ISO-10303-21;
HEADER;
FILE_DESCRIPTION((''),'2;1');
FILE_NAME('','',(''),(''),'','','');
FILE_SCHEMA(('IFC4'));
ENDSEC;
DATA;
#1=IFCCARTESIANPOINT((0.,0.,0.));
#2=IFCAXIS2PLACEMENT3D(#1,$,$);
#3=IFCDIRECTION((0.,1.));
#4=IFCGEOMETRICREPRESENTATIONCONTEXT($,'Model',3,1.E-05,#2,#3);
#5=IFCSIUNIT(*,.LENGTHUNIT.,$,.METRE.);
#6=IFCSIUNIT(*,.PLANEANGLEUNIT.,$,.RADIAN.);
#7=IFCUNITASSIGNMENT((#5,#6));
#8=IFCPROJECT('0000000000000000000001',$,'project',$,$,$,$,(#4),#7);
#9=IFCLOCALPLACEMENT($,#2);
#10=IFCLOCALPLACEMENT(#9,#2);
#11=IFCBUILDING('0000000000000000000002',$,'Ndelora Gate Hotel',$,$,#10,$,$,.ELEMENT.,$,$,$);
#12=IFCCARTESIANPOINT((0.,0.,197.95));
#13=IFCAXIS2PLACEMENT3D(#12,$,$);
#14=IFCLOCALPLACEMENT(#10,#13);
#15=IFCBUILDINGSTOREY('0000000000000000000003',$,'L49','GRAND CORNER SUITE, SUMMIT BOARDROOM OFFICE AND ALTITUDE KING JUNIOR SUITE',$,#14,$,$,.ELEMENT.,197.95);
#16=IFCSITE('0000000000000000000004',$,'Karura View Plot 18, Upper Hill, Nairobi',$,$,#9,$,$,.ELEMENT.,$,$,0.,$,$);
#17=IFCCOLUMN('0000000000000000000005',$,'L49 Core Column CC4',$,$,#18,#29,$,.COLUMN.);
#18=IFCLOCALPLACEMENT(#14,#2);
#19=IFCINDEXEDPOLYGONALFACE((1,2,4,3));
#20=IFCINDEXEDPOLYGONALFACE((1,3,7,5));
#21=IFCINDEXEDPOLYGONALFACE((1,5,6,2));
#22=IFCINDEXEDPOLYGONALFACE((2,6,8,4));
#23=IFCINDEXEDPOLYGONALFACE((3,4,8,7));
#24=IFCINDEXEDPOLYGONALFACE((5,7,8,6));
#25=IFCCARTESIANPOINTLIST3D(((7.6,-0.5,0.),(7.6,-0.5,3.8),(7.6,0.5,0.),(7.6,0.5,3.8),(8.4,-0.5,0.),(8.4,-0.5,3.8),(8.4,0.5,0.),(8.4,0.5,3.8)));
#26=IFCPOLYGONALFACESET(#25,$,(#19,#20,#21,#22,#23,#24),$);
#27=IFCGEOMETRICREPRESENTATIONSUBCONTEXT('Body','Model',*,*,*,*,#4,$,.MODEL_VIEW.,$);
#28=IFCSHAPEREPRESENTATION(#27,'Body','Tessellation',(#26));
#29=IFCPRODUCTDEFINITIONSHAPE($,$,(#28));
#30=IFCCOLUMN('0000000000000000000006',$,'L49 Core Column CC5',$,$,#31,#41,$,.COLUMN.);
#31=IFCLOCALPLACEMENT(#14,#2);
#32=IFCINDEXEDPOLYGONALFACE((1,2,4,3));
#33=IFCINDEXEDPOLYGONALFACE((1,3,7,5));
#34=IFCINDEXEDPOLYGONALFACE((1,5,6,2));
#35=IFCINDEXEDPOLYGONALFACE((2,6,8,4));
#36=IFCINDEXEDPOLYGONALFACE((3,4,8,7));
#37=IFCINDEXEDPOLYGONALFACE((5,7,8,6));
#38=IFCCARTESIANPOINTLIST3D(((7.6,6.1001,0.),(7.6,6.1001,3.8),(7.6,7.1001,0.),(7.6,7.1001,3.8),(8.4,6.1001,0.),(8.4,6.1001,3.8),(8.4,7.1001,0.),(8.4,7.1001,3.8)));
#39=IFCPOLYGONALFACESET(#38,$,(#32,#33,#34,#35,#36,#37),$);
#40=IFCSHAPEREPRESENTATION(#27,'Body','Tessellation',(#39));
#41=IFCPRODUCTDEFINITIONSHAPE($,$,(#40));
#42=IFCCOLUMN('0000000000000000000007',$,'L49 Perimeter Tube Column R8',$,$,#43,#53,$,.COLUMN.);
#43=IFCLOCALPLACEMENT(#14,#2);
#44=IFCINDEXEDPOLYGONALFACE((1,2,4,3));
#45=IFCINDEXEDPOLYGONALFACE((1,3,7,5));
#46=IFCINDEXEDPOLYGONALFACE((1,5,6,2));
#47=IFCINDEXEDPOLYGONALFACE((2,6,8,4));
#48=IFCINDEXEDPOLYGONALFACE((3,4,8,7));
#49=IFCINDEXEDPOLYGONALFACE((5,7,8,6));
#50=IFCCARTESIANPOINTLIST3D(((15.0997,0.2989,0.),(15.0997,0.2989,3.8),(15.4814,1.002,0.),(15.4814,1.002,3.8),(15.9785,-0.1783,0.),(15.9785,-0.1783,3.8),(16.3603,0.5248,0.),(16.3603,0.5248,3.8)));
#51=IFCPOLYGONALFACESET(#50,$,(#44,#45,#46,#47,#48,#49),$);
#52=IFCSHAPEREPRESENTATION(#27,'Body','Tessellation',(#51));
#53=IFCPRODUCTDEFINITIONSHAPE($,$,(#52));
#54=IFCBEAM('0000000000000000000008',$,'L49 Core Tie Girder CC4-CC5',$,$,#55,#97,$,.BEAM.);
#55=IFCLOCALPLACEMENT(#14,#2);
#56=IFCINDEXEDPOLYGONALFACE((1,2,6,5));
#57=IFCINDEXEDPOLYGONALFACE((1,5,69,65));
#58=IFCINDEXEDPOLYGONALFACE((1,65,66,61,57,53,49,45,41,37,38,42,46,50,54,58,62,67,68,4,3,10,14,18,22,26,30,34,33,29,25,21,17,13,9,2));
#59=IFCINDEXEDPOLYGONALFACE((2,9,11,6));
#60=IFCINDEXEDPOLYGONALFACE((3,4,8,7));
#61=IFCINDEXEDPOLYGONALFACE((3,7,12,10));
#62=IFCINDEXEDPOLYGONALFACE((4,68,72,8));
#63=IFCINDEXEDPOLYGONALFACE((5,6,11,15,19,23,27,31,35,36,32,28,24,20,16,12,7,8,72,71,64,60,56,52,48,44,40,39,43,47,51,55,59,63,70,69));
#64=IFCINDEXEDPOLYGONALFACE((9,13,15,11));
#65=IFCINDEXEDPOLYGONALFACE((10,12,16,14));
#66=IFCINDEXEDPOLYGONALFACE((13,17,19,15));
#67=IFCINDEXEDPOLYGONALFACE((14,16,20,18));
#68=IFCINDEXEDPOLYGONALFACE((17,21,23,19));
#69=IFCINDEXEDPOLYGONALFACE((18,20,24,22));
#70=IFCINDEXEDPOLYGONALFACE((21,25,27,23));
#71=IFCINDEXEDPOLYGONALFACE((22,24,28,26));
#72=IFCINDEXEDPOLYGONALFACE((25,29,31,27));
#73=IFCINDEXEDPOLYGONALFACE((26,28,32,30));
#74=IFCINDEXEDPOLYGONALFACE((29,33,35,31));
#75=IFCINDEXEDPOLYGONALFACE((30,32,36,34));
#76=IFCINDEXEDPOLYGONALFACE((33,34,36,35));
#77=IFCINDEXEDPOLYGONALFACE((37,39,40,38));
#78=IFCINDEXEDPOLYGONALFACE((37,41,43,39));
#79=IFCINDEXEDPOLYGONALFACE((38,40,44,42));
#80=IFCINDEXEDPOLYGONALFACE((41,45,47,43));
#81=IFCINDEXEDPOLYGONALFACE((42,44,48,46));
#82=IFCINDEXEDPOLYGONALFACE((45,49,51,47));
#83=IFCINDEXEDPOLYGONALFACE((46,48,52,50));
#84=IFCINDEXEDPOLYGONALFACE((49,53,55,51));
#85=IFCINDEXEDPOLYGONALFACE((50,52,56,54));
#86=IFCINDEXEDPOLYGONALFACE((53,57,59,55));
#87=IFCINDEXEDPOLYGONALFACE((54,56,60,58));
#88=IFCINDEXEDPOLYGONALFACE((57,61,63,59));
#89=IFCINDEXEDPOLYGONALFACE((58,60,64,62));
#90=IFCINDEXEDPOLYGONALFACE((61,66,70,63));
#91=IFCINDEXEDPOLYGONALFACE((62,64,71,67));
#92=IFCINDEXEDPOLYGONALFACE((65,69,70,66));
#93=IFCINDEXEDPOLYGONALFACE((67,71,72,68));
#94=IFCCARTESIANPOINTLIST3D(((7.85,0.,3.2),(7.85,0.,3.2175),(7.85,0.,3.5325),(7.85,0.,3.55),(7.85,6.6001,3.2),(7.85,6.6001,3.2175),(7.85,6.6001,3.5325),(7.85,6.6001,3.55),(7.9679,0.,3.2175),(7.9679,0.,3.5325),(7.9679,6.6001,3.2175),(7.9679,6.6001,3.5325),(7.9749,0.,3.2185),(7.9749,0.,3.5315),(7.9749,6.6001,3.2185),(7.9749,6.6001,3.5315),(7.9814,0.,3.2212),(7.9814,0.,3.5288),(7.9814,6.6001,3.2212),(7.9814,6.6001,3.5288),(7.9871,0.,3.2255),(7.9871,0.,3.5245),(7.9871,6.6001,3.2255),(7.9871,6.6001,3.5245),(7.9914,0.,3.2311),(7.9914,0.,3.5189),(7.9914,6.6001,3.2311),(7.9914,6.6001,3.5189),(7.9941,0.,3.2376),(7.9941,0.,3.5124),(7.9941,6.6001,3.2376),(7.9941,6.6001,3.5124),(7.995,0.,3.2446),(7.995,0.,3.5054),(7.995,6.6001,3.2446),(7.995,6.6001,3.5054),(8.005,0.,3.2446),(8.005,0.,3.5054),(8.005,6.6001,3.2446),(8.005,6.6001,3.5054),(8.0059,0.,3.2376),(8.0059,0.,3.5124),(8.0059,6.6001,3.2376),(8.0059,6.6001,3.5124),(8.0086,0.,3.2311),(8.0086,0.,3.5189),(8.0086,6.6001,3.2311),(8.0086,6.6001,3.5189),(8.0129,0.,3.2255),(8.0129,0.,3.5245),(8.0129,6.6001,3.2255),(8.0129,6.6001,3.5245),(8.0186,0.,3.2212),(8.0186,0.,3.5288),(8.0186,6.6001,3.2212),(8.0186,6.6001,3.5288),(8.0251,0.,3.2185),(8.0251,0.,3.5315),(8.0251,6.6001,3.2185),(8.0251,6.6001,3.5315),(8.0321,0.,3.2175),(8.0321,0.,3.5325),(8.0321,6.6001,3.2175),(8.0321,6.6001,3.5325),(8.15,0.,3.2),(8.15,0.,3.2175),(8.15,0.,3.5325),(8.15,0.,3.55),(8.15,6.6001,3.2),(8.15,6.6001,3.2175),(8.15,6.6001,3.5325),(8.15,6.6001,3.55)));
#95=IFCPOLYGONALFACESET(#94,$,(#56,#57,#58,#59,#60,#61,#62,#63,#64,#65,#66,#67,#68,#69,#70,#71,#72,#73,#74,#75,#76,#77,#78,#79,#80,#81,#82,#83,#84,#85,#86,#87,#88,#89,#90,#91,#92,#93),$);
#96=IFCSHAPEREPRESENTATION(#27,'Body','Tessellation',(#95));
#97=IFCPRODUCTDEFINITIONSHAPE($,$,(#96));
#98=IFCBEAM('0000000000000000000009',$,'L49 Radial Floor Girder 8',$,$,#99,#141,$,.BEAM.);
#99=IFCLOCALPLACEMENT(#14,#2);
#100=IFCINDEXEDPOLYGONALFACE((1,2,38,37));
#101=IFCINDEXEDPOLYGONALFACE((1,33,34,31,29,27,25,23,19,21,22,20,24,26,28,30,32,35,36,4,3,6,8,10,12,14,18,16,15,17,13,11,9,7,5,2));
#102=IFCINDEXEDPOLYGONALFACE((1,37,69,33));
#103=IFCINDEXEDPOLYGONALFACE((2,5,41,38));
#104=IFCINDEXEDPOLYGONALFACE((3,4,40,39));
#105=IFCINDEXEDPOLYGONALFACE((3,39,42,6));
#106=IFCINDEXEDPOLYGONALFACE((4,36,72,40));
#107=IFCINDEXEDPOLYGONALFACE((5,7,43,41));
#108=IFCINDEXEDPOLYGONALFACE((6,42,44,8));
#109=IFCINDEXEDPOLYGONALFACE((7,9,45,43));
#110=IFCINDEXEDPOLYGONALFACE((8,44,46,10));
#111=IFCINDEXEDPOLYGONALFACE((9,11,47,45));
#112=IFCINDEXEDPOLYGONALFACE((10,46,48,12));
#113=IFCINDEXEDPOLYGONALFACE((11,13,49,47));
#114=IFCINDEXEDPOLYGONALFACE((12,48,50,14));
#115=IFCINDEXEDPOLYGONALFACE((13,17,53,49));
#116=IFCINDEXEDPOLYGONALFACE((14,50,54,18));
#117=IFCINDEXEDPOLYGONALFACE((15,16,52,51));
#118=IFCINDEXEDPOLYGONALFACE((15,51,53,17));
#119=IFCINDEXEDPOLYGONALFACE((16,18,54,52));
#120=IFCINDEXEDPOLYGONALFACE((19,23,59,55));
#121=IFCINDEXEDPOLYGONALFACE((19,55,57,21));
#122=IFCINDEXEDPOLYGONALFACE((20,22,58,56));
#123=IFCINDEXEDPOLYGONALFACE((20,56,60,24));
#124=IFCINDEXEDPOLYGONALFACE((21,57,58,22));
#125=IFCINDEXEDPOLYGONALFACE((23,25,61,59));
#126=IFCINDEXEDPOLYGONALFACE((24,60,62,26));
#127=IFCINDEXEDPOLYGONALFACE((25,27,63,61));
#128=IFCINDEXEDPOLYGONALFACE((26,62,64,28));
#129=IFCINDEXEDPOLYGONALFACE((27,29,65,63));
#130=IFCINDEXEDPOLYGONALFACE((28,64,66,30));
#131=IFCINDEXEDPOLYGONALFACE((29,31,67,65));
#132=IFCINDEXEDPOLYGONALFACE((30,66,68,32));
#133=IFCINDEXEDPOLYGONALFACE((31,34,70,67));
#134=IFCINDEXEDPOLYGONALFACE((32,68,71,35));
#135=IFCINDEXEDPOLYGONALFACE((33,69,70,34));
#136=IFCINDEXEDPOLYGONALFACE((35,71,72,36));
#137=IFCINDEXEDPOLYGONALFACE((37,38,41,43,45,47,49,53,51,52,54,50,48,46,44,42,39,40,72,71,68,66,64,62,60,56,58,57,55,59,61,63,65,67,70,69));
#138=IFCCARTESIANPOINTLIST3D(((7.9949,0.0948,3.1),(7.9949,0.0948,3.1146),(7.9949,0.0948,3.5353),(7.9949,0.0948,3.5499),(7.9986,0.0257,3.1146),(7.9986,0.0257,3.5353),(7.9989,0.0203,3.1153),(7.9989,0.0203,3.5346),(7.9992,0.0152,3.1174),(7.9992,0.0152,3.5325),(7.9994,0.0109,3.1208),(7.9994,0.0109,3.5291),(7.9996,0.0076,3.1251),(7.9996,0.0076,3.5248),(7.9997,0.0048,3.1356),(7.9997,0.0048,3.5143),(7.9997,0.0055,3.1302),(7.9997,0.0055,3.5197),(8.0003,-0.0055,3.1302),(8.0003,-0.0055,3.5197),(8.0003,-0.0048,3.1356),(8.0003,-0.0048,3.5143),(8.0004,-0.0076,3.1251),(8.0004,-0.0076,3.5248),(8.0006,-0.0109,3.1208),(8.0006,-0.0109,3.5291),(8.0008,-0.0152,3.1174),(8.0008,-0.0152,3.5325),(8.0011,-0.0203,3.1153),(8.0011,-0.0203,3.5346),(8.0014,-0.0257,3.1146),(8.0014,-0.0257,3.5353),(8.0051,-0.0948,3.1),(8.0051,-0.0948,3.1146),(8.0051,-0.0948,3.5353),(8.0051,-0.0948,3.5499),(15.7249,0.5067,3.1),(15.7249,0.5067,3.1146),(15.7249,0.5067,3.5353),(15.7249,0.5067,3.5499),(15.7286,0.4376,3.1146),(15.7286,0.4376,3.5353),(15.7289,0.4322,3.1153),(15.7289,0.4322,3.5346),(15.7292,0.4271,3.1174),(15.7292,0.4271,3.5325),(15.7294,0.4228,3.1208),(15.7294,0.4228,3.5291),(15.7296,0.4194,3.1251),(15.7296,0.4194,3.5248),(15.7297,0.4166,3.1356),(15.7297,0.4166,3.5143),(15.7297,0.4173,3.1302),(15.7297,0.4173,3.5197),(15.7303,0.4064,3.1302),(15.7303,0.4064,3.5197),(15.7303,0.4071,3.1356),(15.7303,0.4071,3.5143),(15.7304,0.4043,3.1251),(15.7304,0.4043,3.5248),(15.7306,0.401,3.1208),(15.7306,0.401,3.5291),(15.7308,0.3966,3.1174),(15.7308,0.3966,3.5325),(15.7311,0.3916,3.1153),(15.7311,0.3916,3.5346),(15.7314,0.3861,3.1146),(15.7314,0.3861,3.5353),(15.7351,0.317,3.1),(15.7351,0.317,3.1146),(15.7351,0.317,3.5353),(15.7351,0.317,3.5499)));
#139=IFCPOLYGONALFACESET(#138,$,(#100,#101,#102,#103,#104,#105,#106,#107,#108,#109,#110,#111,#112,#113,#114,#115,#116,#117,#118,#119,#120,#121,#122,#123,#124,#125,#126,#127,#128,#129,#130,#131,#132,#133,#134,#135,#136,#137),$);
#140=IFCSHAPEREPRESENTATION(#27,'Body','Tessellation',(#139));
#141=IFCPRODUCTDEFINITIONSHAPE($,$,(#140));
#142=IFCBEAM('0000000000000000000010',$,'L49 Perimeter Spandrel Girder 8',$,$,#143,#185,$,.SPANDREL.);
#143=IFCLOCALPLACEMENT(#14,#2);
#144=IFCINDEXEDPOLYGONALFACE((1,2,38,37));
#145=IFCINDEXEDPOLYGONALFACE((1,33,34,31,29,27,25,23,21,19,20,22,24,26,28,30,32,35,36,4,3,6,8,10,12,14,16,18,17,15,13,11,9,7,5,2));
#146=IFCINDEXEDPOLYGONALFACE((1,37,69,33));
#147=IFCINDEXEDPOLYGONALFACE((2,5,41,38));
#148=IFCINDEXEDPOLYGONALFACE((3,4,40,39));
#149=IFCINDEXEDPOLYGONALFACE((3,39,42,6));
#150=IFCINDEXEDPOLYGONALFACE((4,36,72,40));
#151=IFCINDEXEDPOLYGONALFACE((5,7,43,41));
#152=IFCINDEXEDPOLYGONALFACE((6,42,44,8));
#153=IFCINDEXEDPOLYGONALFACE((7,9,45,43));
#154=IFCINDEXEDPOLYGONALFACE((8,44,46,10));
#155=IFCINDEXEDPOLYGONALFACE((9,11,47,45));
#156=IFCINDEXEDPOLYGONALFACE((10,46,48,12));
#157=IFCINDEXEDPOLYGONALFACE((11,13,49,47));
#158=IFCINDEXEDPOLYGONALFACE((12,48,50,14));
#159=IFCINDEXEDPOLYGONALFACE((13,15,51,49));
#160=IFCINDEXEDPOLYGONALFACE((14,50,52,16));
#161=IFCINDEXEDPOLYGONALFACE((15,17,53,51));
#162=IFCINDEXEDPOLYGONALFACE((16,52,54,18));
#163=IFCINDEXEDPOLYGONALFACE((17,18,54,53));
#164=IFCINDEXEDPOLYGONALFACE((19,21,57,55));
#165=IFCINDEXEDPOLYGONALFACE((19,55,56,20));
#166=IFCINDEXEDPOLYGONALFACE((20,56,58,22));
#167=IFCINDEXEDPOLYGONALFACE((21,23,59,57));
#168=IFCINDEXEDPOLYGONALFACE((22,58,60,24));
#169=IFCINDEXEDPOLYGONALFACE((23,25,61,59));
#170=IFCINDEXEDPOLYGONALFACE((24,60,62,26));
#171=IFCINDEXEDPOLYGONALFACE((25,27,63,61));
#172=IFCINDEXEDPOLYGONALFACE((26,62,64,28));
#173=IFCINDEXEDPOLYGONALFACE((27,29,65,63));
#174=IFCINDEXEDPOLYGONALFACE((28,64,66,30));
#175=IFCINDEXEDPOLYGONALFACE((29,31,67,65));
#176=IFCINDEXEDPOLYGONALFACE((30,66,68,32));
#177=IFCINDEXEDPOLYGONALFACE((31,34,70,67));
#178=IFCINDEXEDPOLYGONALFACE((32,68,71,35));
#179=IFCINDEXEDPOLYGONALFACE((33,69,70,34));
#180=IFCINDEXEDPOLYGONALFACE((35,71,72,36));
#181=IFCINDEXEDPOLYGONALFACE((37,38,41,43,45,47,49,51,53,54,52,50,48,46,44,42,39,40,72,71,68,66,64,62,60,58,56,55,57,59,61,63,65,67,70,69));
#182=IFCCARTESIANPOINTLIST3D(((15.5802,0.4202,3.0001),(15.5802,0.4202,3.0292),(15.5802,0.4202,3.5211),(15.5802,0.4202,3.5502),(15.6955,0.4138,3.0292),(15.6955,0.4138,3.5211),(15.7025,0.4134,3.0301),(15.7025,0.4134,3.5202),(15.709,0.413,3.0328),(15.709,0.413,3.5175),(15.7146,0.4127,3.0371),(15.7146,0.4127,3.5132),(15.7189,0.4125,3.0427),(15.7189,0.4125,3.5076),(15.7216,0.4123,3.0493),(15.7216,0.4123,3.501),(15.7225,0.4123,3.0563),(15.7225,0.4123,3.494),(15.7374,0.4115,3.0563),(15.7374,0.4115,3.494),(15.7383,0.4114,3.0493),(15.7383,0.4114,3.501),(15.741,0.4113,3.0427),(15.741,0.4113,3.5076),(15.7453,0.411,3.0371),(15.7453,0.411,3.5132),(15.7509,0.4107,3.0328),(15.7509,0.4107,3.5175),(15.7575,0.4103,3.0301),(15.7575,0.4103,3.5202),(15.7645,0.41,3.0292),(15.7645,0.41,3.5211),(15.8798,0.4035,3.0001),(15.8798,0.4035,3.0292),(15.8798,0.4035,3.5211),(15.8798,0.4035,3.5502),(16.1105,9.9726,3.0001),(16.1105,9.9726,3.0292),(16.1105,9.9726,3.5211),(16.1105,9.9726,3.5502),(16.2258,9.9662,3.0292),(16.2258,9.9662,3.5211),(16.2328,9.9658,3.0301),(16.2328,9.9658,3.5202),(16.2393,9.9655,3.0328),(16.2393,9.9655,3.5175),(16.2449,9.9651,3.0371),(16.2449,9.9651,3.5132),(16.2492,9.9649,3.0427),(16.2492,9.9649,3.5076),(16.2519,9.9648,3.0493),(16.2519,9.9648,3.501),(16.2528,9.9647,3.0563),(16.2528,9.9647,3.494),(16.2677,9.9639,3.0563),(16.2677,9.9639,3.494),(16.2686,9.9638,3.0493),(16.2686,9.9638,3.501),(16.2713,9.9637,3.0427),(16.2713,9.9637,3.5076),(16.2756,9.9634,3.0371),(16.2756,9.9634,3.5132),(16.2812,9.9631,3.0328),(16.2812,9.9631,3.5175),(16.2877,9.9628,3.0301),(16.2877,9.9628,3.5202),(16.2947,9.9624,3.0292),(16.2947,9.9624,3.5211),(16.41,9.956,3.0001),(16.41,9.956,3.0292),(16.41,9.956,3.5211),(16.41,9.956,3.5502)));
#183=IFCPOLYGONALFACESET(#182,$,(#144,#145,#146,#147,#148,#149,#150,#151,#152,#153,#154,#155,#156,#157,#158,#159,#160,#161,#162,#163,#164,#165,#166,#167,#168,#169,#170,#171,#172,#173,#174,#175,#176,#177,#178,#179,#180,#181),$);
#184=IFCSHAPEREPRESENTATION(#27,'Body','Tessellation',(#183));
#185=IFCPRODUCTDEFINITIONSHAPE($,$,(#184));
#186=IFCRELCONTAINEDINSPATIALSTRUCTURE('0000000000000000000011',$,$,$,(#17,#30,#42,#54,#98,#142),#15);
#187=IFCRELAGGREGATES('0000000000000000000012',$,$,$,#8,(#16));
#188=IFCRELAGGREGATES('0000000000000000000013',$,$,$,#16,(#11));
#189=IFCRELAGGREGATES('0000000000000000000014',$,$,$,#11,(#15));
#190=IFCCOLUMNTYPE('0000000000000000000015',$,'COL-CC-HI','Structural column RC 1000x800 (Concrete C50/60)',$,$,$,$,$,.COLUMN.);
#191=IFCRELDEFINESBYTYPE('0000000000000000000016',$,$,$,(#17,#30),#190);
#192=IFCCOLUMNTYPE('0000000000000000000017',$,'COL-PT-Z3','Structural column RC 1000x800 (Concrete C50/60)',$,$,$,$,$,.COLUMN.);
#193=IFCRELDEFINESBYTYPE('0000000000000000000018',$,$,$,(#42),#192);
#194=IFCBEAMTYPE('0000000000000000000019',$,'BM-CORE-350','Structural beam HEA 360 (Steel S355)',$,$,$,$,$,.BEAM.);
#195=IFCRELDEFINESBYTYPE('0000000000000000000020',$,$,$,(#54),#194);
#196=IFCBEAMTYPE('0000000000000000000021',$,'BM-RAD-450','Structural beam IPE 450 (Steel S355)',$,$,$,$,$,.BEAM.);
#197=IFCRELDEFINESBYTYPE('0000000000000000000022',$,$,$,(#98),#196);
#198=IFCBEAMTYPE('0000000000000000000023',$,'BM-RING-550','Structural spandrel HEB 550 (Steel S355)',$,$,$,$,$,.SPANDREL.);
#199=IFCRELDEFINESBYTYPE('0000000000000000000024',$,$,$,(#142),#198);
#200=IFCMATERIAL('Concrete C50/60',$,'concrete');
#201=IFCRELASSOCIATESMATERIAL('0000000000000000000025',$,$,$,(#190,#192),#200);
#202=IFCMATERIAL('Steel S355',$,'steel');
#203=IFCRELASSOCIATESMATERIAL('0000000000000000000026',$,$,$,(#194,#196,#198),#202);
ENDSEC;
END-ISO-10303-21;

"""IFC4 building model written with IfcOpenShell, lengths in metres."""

from ifc_helpers import new_model, si_unit, direction, frame, origin, origin_2d, place, context, subcontext, project, spatial, rectangle, i_section, extrude, material, material_profile, profile_set, type_object, element, save


model = new_model("IFC4")

# Units and contexts
model_context = context("Model", 3, precision=1e-05, world=origin(), true_north=direction((0.0, 1.0)))
body_context = subcontext(model_context, "Body", "Model", "MODEL_VIEW")
ifc_project = project(units=[si_unit("LENGTHUNIT", "METRE"), si_unit("PLANEANGLEUNIT", "RADIAN")], contexts=[model_context])

# Site, building, storey
site_placement = place(None, origin())
site = spatial("IfcSite", under=ifc_project, at=site_placement, Name="Karura View Plot 18, Upper Hill, Nairobi", CompositionType="ELEMENT", RefElevation=0.0)
building_placement = place(site_placement, origin())
building = spatial("IfcBuilding", under=site, at=building_placement, Name="Ndelora Gate Hotel", CompositionType="ELEMENT")
storey_placement = place(building_placement, frame((0.0, 0.0, 197.95)))
storey = spatial("IfcBuildingStorey", under=building, at=storey_placement, Name="L49", Description="GRAND CORNER SUITE, SUMMIT BOARDROOM OFFICE AND ALTITUDE KING JUNIOR SUITE", CompositionType="ELEMENT", Elevation=197.95)

# Columns
ifc_material_1 = material(Name="Concrete C50/60", Category="concrete")
ifc_material_profile_1 = material_profile(ifc_material_1, rectangle(XDim=0.8, YDim=1.0, at=origin_2d()), Name="RC 1000x800")
ifc_profile_set_1 = profile_set([ifc_material_profile_1], Name="Concrete C50/60")
column_type_1 = type_object("IfcColumnType", Name="COL-CC-HI", Description="Structural column RC 1000x800 (Concrete C50/60)", PredefinedType="COLUMN", material=ifc_profile_set_1)
for number, where, z_axis, x_axis, name in (
    (1, (8.0, 0.0, 0.0), (0.0, 0.0, 1.0), (1.0, 0.0, 0.0), "L49 Core Column CC4"),
    (2, (8.0, 6.6001, 0.0), (0.0, 0.0, 1.0), (1.0, 0.0, 0.0), "L49 Core Column CC5"),
):
    element("IfcColumn", number, at=place(storey_placement, frame(where, z_axis=z_axis, x_axis=x_axis)), inside=storey, type_object=column_type_1, Name=name, PredefinedType="COLUMN", context=body_context, shape_type="SweptSolid", body=[
        extrude(rectangle(XDim=0.8, YDim=1.0, at=origin_2d()), origin(), (0.0, 0.0, 1.0), 3.8),
    ])
ifc_material_profile_2 = material_profile(ifc_material_1, rectangle(XDim=0.8, YDim=1.0, at=origin_2d()), Name="RC 1000x800")
ifc_profile_set_2 = profile_set([ifc_material_profile_2], Name="Concrete C50/60")
column_type_2 = type_object("IfcColumnType", Name="COL-PT-Z3", Description="Structural column RC 1000x800 (Concrete C50/60)", PredefinedType="COLUMN", material=ifc_profile_set_2)
column_placement = place(storey_placement, frame((15.73, 0.4119, 0.0), z_axis=(0.0, 0.0, 1.0), x_axis=(0.477159, 0.878817, 0.0)))
element("IfcColumn", 3, at=column_placement, inside=storey, type_object=column_type_2, Name="L49 Perimeter Tube Column R8", PredefinedType="COLUMN", context=body_context, shape_type="SweptSolid", body=[
    extrude(rectangle(XDim=0.8, YDim=1.0, at=origin_2d()), origin(), (0.0, 0.0, 1.0), 3.8),
])

# Beams
ifc_material_2 = material(Name="Steel S355", Category="steel")
ifc_material_profile_3 = material_profile(ifc_material_2, i_section(OverallWidth=0.3, OverallDepth=0.3501, WebThickness=0.01, FlangeThickness=0.0176, FilletRadius=0.0271, at=origin_2d()), Name="HEA 360")
ifc_profile_set_3 = profile_set([ifc_material_profile_3], Name="Steel S355")
beam_type_1 = type_object("IfcBeamType", Name="BM-CORE-350", Description="Structural beam HEA 360 (Steel S355)", PredefinedType="BEAM", material=ifc_profile_set_3)
beam_1_placement = place(storey_placement, frame((8.0, 0.0, 3.375), z_axis=(0.0, 1.0, 0.0), x_axis=(-1.0, 0.0, 0.0)))
element("IfcBeam", 4, at=beam_1_placement, inside=storey, type_object=beam_type_1, Name="L49 Core Tie Girder CC4-CC5", PredefinedType="BEAM", context=body_context, shape_type="SweptSolid", body=[
    extrude(i_section(OverallWidth=0.3, OverallDepth=0.3501, WebThickness=0.01, FlangeThickness=0.0176, FilletRadius=0.0271, at=origin_2d()), origin(), (0.0, 0.0, 1.0), 6.6001),
])
ifc_material_profile_4 = material_profile(ifc_material_2, i_section(OverallWidth=0.1899, OverallDepth=0.45, WebThickness=0.0095, FlangeThickness=0.0146, FilletRadius=0.021, at=origin_2d()), Name="IPE 450")
ifc_profile_set_4 = profile_set([ifc_material_profile_4], Name="Steel S355")
beam_type_2 = type_object("IfcBeamType", Name="BM-RAD-450", Description="Structural beam IPE 450 (Steel S355)", PredefinedType="BEAM", material=ifc_profile_set_4)
beam_2_placement = place(storey_placement, frame((8.0, 0.0, 3.325), z_axis=(0.998584, 0.053206, 0.0), x_axis=(-0.053206, 0.998584, 0.0)))
element("IfcBeam", 5, at=beam_2_placement, inside=storey, type_object=beam_type_2, Name="L49 Radial Floor Girder 8", PredefinedType="BEAM", context=body_context, shape_type="SweptSolid", body=[
    extrude(i_section(OverallWidth=0.1899, OverallDepth=0.45, WebThickness=0.0095, FlangeThickness=0.0146, FilletRadius=0.021, at=origin_2d()), origin(), (0.0, 0.0, 1.0), 7.741),
])
ifc_material_profile_5 = material_profile(ifc_material_2, i_section(OverallWidth=0.3, OverallDepth=0.55, WebThickness=0.0149, FlangeThickness=0.0291, FilletRadius=0.0271, at=origin_2d()), Name="HEB 550")
ifc_profile_set_5 = profile_set([ifc_material_profile_5], Name="Steel S355")
beam_type_3 = type_object("IfcBeamType", Name="BM-RING-550", Description="Structural spandrel HEB 550 (Steel S355)", PredefinedType="SPANDREL", material=ifc_profile_set_5)
beam_3_placement = place(storey_placement, frame((15.73, 0.4119, 3.2751), z_axis=(0.055426, 0.998463, 0.0), x_axis=(-0.998463, 0.055426, 0.0)))
element("IfcBeam", 6, at=beam_3_placement, inside=storey, type_object=beam_type_3, Name="L49 Perimeter Spandrel Girder 8", PredefinedType="SPANDREL", context=body_context, shape_type="SweptSolid", body=[
    extrude(i_section(OverallWidth=0.3, OverallDepth=0.55, WebThickness=0.0149, FlangeThickness=0.0291, FilletRadius=0.0271, at=origin_2d()), origin(), (0.0, 0.0, 1.0), 9.5671),
])

save(model, "model.ifc")
